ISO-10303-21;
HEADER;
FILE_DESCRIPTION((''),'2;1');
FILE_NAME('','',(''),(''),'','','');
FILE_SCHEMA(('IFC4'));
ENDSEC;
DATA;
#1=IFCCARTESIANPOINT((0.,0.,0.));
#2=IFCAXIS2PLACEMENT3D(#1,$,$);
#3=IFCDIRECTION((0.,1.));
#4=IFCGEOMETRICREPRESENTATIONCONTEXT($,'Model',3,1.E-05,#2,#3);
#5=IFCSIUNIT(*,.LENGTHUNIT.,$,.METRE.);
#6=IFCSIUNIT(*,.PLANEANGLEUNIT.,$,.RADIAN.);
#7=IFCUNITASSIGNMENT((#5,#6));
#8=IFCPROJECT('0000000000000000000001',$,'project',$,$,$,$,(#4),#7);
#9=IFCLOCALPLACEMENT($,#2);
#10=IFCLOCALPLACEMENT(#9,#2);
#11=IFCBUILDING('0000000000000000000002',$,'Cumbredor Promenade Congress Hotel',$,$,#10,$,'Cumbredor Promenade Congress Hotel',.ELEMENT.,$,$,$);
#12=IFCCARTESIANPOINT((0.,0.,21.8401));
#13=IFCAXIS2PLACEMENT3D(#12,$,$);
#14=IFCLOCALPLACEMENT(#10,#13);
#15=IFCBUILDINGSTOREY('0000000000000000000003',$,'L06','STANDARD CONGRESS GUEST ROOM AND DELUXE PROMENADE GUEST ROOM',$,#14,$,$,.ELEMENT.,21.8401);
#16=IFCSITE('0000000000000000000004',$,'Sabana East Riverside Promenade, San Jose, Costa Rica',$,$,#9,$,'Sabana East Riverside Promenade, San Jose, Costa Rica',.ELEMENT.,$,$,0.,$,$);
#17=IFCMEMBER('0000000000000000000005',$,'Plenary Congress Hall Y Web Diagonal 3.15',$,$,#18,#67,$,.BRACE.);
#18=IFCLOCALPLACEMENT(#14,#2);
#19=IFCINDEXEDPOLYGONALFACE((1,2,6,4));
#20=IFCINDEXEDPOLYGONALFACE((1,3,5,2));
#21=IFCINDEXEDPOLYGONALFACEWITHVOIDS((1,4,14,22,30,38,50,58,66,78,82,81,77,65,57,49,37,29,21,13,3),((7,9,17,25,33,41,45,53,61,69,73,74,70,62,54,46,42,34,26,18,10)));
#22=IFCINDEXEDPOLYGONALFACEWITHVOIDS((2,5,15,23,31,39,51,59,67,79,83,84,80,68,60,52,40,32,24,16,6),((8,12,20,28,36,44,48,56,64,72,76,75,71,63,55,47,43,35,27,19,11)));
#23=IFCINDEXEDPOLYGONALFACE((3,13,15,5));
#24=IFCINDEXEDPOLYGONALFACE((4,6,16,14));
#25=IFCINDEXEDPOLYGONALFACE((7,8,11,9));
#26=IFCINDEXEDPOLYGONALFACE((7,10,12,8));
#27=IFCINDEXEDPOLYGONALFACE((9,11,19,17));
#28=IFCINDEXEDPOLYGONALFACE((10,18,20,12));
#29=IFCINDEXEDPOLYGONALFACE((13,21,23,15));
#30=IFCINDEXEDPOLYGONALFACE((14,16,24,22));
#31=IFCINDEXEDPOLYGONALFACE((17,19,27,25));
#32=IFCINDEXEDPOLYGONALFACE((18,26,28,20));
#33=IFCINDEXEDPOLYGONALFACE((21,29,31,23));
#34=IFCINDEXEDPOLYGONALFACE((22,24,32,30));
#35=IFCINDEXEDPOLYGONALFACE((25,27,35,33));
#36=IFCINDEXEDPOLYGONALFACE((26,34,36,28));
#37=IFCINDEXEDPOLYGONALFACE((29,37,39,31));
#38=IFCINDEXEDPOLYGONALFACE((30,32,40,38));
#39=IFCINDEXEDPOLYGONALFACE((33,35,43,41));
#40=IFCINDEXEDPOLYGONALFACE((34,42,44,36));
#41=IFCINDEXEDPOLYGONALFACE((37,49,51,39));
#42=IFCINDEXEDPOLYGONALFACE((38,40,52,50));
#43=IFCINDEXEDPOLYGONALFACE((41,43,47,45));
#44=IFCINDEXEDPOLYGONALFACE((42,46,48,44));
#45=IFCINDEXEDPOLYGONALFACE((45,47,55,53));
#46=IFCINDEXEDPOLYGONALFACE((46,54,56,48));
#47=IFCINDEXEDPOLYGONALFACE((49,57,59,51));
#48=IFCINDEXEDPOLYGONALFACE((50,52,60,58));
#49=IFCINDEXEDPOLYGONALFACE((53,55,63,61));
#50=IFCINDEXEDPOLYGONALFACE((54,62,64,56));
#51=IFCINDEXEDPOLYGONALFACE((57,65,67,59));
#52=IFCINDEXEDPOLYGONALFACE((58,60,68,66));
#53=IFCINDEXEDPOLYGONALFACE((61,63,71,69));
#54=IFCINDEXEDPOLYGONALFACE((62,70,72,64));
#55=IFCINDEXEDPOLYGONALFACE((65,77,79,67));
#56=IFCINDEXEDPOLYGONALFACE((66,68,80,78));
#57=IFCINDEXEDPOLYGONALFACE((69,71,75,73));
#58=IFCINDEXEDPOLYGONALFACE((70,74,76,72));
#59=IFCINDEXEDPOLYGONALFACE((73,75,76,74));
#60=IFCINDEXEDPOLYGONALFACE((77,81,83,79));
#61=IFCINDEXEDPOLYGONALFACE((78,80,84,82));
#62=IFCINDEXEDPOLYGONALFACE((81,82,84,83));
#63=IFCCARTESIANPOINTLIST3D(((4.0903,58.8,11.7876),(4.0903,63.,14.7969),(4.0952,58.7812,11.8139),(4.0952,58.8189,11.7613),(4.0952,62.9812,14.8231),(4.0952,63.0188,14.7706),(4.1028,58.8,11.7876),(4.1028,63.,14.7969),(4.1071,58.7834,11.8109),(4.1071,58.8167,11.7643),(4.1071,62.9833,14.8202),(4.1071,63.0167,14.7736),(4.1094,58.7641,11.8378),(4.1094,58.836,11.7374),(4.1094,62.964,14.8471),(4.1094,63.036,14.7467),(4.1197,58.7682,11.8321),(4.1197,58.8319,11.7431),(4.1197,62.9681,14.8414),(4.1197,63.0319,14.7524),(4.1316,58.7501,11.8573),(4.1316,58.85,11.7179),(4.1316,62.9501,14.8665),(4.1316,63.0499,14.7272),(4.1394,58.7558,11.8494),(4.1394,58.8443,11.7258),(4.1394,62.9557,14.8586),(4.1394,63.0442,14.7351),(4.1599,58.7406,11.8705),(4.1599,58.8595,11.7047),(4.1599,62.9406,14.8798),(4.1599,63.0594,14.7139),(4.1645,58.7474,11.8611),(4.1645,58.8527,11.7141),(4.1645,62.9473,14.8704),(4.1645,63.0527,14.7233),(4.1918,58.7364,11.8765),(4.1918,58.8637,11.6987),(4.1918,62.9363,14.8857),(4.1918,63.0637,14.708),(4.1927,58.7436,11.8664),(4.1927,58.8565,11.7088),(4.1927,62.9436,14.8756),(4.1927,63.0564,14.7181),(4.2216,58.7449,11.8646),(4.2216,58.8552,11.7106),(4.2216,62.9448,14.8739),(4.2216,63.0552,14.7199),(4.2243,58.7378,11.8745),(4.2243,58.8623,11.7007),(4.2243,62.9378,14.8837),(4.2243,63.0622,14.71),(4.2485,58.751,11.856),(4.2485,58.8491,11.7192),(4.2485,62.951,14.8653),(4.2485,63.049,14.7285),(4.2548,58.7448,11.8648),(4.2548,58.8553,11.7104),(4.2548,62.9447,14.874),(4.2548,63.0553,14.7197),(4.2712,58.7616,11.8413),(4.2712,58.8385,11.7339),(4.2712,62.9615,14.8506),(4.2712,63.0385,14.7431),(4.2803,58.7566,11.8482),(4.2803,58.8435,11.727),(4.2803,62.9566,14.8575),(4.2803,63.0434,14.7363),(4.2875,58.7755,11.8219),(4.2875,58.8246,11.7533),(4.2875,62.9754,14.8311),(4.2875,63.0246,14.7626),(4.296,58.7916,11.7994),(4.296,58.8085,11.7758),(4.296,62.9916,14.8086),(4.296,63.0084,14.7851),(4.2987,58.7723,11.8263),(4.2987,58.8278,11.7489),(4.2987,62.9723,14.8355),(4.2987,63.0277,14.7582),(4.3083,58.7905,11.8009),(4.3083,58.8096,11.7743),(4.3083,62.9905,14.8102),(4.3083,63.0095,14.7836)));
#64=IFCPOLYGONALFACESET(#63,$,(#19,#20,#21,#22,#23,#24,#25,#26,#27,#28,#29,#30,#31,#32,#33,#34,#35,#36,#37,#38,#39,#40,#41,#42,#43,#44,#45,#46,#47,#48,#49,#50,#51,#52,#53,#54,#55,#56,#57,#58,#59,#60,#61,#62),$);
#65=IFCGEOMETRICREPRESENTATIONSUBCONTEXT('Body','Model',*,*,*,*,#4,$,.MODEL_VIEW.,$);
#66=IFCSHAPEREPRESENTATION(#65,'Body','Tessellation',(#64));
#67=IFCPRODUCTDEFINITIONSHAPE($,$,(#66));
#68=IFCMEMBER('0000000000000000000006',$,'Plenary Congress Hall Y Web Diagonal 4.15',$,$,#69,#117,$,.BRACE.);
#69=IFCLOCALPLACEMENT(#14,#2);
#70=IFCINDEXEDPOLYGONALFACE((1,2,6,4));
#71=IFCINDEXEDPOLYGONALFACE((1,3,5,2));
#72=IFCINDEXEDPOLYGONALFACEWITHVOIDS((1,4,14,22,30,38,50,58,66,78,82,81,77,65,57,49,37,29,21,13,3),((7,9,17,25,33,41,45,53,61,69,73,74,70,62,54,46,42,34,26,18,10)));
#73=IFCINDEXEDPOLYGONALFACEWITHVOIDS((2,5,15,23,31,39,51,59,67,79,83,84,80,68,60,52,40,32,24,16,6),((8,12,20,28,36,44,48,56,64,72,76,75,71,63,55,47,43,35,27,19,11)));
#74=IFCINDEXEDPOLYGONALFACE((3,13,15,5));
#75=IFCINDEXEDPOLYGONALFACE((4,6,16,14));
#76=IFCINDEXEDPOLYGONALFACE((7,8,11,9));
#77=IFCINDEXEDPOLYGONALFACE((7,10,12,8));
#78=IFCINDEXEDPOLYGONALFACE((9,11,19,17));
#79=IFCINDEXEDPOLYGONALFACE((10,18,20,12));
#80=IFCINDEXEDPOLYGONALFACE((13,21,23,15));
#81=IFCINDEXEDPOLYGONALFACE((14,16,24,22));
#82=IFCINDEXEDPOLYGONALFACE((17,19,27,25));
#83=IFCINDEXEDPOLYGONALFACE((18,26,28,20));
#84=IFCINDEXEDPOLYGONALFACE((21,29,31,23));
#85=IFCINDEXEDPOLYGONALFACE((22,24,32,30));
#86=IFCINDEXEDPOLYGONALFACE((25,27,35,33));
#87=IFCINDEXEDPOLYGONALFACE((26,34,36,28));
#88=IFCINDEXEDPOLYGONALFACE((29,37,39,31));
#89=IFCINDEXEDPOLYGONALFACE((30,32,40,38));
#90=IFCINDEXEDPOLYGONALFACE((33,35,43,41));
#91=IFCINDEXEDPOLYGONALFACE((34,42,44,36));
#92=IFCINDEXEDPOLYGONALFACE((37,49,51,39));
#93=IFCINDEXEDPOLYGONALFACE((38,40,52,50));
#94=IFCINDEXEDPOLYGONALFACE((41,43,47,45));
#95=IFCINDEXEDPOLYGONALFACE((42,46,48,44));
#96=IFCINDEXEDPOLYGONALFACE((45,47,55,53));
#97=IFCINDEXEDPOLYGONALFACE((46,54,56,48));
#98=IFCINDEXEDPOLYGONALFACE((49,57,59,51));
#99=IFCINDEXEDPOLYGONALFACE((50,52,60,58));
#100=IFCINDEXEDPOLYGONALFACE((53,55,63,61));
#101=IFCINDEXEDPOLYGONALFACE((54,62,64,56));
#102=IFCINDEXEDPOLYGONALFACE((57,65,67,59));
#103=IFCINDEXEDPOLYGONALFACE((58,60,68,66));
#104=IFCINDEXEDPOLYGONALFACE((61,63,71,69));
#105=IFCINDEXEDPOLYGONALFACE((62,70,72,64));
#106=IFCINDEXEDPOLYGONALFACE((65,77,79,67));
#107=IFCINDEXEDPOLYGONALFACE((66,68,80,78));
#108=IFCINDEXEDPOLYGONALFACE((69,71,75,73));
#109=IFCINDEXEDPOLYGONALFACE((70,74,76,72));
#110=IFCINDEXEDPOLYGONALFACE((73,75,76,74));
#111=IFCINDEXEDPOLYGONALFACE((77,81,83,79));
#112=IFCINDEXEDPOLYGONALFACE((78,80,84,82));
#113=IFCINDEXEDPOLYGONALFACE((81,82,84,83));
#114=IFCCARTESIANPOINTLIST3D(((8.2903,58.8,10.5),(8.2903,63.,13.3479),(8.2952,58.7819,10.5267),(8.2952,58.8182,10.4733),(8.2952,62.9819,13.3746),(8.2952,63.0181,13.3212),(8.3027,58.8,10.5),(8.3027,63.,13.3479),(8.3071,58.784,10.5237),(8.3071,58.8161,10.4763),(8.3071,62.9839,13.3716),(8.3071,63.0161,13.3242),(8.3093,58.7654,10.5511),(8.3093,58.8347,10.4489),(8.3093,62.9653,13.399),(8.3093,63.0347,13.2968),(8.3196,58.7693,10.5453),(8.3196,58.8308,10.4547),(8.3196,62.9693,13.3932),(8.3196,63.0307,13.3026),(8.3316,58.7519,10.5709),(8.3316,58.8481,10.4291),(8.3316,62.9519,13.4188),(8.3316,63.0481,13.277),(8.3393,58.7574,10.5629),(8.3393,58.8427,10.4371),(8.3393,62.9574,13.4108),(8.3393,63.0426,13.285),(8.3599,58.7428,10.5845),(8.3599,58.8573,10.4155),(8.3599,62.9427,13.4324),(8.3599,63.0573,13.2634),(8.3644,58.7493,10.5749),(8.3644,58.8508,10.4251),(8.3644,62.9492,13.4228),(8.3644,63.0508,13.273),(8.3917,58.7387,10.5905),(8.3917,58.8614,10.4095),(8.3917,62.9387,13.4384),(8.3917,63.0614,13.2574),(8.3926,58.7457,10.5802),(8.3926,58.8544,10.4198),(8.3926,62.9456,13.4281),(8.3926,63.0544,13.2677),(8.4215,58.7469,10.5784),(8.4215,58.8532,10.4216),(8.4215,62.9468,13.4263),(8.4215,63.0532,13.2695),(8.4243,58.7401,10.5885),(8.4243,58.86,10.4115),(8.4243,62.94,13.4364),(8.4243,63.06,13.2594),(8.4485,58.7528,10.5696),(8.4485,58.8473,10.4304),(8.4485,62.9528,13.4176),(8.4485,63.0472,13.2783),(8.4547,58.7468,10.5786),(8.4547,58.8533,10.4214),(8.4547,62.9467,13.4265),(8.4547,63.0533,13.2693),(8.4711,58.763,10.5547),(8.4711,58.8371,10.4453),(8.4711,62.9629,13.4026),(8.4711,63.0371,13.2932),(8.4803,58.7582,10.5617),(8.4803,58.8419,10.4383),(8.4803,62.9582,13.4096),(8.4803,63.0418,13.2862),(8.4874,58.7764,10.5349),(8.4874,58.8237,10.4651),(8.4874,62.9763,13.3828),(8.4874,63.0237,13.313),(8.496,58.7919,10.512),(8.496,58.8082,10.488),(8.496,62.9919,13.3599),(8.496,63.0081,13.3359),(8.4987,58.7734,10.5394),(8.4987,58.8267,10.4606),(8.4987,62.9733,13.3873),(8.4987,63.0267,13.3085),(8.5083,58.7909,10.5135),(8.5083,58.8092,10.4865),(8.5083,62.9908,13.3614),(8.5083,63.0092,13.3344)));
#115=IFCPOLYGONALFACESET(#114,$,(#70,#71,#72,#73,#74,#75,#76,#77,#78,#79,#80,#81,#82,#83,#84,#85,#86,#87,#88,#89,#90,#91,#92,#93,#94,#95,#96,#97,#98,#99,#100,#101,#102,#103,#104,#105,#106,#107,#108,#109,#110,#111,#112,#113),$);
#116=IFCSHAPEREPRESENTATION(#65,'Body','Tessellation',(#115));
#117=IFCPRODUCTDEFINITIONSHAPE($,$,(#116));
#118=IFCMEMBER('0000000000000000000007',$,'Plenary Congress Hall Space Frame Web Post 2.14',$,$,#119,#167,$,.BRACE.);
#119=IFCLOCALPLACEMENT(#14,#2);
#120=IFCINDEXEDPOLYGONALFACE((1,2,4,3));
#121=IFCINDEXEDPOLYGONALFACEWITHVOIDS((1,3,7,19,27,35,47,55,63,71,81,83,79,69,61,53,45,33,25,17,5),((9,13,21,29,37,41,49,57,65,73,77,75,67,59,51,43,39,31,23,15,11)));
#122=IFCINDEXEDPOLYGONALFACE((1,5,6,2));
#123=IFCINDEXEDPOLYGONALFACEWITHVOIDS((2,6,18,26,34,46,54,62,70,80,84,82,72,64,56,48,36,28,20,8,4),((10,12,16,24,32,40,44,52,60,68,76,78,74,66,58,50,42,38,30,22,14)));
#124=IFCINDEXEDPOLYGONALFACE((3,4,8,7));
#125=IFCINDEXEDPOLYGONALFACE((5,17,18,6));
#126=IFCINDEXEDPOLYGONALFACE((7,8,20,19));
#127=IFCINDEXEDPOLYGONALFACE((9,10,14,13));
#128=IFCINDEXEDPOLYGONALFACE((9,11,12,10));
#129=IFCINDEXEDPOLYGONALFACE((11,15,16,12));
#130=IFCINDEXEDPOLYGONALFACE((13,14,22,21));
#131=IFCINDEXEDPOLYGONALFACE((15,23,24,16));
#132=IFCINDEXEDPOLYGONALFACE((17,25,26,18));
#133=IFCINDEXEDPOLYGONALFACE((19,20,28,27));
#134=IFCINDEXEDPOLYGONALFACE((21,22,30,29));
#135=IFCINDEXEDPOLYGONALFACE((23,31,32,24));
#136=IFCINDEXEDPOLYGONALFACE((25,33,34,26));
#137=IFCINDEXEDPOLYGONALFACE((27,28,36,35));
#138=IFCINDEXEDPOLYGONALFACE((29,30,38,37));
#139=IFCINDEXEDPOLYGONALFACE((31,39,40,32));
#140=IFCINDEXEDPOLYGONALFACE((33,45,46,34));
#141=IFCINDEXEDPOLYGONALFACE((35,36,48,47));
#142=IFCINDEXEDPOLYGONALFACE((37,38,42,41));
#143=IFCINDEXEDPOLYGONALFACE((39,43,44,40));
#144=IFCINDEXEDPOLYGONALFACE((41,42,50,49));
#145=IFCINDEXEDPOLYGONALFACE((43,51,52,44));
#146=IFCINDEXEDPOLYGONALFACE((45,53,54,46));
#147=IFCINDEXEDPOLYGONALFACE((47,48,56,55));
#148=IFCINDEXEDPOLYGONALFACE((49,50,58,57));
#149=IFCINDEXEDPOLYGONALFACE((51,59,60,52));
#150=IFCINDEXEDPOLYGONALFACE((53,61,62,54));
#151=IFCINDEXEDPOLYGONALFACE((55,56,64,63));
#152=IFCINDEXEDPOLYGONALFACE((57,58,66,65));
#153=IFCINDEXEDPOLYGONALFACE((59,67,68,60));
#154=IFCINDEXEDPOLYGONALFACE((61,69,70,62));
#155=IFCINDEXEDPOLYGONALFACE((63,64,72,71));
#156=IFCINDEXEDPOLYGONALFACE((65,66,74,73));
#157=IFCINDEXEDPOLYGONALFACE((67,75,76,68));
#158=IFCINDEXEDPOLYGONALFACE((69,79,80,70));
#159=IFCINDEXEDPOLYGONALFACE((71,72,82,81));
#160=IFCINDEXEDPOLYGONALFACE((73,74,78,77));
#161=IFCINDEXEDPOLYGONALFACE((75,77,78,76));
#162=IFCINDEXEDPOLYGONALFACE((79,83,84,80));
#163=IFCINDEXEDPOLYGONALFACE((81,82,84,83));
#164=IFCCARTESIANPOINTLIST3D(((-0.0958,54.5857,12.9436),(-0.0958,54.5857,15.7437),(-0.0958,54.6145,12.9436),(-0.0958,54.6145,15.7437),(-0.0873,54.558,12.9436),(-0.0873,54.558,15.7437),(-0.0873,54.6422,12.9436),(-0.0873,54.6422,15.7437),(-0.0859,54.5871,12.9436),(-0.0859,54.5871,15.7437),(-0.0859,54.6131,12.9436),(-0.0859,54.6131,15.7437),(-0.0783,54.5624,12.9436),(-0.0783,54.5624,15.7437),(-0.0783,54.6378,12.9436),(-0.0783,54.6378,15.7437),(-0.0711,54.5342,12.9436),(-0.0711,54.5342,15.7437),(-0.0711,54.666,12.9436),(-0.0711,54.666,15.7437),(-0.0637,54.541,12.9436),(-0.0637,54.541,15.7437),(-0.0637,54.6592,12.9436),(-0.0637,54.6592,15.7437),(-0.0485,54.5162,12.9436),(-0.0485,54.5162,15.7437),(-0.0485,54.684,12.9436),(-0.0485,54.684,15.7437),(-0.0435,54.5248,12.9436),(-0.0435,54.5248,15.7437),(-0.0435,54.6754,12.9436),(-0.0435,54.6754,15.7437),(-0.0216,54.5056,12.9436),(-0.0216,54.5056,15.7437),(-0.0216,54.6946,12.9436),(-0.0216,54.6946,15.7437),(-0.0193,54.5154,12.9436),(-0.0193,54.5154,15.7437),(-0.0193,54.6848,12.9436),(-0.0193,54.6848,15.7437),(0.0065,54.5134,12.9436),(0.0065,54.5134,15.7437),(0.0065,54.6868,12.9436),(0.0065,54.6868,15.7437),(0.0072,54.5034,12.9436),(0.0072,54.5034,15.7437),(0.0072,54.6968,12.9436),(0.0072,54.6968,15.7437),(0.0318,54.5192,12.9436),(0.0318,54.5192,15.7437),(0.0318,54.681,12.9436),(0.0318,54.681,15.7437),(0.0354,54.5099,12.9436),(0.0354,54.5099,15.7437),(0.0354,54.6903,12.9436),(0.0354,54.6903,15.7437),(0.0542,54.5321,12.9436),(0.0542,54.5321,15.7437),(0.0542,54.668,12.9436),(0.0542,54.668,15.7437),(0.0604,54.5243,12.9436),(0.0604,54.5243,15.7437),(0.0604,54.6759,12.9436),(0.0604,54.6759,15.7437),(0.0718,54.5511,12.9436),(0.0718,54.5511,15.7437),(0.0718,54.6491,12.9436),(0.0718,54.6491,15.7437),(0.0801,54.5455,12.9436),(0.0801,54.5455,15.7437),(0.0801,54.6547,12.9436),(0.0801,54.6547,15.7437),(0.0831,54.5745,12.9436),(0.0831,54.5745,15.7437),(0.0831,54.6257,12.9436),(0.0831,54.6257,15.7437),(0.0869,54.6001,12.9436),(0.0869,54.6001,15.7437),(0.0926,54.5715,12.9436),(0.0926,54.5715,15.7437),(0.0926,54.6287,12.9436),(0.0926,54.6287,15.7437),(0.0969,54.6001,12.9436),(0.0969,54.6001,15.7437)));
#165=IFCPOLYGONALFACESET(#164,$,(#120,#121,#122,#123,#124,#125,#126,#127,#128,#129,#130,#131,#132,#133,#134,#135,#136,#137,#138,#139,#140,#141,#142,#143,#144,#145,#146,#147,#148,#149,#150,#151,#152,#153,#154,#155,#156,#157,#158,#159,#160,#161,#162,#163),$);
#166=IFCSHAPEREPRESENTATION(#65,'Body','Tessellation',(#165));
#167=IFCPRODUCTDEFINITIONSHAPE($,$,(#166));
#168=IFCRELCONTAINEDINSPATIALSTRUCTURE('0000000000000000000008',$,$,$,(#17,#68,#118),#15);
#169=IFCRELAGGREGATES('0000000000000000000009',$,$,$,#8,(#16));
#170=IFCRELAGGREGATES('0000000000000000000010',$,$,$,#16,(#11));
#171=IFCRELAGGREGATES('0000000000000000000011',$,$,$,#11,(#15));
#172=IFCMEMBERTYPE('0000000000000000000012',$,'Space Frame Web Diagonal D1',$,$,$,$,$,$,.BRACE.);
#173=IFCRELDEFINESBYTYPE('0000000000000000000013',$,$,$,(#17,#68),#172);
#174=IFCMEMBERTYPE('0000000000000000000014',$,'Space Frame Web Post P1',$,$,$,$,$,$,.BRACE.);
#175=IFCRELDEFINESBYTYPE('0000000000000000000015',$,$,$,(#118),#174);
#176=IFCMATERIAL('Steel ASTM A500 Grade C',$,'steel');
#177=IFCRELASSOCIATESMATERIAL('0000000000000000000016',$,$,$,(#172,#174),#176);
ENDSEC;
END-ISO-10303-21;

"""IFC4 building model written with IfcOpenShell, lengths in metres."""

from ifc_helpers import new_model, si_unit, direction, frame, origin, origin_2d, place, context, subcontext, project, spatial, hollow_circle, extrude, material, material_profile, profile_set, type_object, element, save


model = new_model("IFC4")

# Units and contexts
model_context = context("Model", 3, precision=1e-05, world=origin(), true_north=direction((0.0, 1.0)))
body_context = subcontext(model_context, "Body", "Model", "MODEL_VIEW")
ifc_project = project(units=[si_unit("LENGTHUNIT", "METRE"), si_unit("PLANEANGLEUNIT", "RADIAN")], contexts=[model_context])

# Site, building, storey
site_placement = place(None, origin())
site = spatial("IfcSite", under=ifc_project, at=site_placement, Name="Sabana East Riverside Promenade, San Jose, Costa Rica", LongName="Sabana East Riverside Promenade, San Jose, Costa Rica", CompositionType="ELEMENT", RefElevation=0.0)
building_placement = place(site_placement, origin())
building = spatial("IfcBuilding", under=site, at=building_placement, Name="Cumbredor Promenade Congress Hotel", LongName="Cumbredor Promenade Congress Hotel", CompositionType="ELEMENT")
storey_placement = place(building_placement, frame((0.0, 0.0, 21.8401)))
storey = spatial("IfcBuildingStorey", under=building, at=storey_placement, Name="L06", Description="STANDARD CONGRESS GUEST ROOM AND DELUXE PROMENADE GUEST ROOM", CompositionType="ELEMENT", Elevation=21.8401)

# Members
ifc_material_1 = material(Name="Steel ASTM A500 Grade C", Category="steel")
ifc_material_profile_1 = material_profile(ifc_material_1, hollow_circle(Radius=0.1096, WallThickness=0.0125, at=origin_2d()), Name="CHS 219.1x12.5")
ifc_profile_set_1 = profile_set([ifc_material_profile_1], Name="Steel ASTM A500 Grade C")
member_type_1 = type_object("IfcMemberType", Name="Space Frame Web Diagonal D1", PredefinedType="BRACE", material=ifc_profile_set_1)
member_1_placement = place(storey_placement, frame((4.2, 58.8, 11.7876), z_axis=(0.0, 0.81288, 0.582431), x_axis=(-1.0, 0.0, 0.0)))
element("IfcMember", 1, at=member_1_placement, inside=storey, type_object=member_type_1, Name="Plenary Congress Hall Y Web Diagonal 3.15", PredefinedType="BRACE", context=body_context, shape_type="SweptSolid", body=[
    extrude(hollow_circle(Radius=0.1096, WallThickness=0.0125, at=origin_2d()), origin(), (0.0, 0.0, 1.0), 5.1667),
])
member_2_placement = place(storey_placement, frame((8.3999, 58.8, 10.5), z_axis=(0.0, 0.827665, 0.561223), x_axis=(-1.0, 0.0, 0.0)))
element("IfcMember", 2, at=member_2_placement, inside=storey, type_object=member_type_1, Name="Plenary Congress Hall Y Web Diagonal 4.15", PredefinedType="BRACE", context=body_context, shape_type="SweptSolid", body=[
    extrude(hollow_circle(Radius=0.1096, WallThickness=0.0125, at=origin_2d()), origin(), (0.0, 0.0, 1.0), 5.0745),
])
ifc_material_profile_2 = material_profile(ifc_material_1, hollow_circle(Radius=0.0969, WallThickness=0.01, at=origin_2d()), Name="CHS 193.7x10")
ifc_profile_set_2 = profile_set([ifc_material_profile_2], Name="Steel ASTM A500 Grade C")
member_type_2 = type_object("IfcMemberType", Name="Space Frame Web Post P1", PredefinedType="BRACE", material=ifc_profile_set_2)
for number, where, z_axis, x_axis, name in (
    (3, (0.0, 54.6001, 12.9436), (0.0, 0.0, 1.0), (1.0, 0.0, 0.0), "Plenary Congress Hall Space Frame Web Post 2.14"),
):
    element("IfcMember", number, at=place(storey_placement, frame(where, z_axis=z_axis, x_axis=x_axis)), inside=storey, type_object=member_type_2, Name=name, PredefinedType="BRACE", context=body_context, shape_type="SweptSolid", body=[
        extrude(hollow_circle(Radius=0.0969, WallThickness=0.01, at=origin_2d()), origin(), (0.0, 0.0, 1.0), 2.8),
    ])

save(model, "model.ifc")
